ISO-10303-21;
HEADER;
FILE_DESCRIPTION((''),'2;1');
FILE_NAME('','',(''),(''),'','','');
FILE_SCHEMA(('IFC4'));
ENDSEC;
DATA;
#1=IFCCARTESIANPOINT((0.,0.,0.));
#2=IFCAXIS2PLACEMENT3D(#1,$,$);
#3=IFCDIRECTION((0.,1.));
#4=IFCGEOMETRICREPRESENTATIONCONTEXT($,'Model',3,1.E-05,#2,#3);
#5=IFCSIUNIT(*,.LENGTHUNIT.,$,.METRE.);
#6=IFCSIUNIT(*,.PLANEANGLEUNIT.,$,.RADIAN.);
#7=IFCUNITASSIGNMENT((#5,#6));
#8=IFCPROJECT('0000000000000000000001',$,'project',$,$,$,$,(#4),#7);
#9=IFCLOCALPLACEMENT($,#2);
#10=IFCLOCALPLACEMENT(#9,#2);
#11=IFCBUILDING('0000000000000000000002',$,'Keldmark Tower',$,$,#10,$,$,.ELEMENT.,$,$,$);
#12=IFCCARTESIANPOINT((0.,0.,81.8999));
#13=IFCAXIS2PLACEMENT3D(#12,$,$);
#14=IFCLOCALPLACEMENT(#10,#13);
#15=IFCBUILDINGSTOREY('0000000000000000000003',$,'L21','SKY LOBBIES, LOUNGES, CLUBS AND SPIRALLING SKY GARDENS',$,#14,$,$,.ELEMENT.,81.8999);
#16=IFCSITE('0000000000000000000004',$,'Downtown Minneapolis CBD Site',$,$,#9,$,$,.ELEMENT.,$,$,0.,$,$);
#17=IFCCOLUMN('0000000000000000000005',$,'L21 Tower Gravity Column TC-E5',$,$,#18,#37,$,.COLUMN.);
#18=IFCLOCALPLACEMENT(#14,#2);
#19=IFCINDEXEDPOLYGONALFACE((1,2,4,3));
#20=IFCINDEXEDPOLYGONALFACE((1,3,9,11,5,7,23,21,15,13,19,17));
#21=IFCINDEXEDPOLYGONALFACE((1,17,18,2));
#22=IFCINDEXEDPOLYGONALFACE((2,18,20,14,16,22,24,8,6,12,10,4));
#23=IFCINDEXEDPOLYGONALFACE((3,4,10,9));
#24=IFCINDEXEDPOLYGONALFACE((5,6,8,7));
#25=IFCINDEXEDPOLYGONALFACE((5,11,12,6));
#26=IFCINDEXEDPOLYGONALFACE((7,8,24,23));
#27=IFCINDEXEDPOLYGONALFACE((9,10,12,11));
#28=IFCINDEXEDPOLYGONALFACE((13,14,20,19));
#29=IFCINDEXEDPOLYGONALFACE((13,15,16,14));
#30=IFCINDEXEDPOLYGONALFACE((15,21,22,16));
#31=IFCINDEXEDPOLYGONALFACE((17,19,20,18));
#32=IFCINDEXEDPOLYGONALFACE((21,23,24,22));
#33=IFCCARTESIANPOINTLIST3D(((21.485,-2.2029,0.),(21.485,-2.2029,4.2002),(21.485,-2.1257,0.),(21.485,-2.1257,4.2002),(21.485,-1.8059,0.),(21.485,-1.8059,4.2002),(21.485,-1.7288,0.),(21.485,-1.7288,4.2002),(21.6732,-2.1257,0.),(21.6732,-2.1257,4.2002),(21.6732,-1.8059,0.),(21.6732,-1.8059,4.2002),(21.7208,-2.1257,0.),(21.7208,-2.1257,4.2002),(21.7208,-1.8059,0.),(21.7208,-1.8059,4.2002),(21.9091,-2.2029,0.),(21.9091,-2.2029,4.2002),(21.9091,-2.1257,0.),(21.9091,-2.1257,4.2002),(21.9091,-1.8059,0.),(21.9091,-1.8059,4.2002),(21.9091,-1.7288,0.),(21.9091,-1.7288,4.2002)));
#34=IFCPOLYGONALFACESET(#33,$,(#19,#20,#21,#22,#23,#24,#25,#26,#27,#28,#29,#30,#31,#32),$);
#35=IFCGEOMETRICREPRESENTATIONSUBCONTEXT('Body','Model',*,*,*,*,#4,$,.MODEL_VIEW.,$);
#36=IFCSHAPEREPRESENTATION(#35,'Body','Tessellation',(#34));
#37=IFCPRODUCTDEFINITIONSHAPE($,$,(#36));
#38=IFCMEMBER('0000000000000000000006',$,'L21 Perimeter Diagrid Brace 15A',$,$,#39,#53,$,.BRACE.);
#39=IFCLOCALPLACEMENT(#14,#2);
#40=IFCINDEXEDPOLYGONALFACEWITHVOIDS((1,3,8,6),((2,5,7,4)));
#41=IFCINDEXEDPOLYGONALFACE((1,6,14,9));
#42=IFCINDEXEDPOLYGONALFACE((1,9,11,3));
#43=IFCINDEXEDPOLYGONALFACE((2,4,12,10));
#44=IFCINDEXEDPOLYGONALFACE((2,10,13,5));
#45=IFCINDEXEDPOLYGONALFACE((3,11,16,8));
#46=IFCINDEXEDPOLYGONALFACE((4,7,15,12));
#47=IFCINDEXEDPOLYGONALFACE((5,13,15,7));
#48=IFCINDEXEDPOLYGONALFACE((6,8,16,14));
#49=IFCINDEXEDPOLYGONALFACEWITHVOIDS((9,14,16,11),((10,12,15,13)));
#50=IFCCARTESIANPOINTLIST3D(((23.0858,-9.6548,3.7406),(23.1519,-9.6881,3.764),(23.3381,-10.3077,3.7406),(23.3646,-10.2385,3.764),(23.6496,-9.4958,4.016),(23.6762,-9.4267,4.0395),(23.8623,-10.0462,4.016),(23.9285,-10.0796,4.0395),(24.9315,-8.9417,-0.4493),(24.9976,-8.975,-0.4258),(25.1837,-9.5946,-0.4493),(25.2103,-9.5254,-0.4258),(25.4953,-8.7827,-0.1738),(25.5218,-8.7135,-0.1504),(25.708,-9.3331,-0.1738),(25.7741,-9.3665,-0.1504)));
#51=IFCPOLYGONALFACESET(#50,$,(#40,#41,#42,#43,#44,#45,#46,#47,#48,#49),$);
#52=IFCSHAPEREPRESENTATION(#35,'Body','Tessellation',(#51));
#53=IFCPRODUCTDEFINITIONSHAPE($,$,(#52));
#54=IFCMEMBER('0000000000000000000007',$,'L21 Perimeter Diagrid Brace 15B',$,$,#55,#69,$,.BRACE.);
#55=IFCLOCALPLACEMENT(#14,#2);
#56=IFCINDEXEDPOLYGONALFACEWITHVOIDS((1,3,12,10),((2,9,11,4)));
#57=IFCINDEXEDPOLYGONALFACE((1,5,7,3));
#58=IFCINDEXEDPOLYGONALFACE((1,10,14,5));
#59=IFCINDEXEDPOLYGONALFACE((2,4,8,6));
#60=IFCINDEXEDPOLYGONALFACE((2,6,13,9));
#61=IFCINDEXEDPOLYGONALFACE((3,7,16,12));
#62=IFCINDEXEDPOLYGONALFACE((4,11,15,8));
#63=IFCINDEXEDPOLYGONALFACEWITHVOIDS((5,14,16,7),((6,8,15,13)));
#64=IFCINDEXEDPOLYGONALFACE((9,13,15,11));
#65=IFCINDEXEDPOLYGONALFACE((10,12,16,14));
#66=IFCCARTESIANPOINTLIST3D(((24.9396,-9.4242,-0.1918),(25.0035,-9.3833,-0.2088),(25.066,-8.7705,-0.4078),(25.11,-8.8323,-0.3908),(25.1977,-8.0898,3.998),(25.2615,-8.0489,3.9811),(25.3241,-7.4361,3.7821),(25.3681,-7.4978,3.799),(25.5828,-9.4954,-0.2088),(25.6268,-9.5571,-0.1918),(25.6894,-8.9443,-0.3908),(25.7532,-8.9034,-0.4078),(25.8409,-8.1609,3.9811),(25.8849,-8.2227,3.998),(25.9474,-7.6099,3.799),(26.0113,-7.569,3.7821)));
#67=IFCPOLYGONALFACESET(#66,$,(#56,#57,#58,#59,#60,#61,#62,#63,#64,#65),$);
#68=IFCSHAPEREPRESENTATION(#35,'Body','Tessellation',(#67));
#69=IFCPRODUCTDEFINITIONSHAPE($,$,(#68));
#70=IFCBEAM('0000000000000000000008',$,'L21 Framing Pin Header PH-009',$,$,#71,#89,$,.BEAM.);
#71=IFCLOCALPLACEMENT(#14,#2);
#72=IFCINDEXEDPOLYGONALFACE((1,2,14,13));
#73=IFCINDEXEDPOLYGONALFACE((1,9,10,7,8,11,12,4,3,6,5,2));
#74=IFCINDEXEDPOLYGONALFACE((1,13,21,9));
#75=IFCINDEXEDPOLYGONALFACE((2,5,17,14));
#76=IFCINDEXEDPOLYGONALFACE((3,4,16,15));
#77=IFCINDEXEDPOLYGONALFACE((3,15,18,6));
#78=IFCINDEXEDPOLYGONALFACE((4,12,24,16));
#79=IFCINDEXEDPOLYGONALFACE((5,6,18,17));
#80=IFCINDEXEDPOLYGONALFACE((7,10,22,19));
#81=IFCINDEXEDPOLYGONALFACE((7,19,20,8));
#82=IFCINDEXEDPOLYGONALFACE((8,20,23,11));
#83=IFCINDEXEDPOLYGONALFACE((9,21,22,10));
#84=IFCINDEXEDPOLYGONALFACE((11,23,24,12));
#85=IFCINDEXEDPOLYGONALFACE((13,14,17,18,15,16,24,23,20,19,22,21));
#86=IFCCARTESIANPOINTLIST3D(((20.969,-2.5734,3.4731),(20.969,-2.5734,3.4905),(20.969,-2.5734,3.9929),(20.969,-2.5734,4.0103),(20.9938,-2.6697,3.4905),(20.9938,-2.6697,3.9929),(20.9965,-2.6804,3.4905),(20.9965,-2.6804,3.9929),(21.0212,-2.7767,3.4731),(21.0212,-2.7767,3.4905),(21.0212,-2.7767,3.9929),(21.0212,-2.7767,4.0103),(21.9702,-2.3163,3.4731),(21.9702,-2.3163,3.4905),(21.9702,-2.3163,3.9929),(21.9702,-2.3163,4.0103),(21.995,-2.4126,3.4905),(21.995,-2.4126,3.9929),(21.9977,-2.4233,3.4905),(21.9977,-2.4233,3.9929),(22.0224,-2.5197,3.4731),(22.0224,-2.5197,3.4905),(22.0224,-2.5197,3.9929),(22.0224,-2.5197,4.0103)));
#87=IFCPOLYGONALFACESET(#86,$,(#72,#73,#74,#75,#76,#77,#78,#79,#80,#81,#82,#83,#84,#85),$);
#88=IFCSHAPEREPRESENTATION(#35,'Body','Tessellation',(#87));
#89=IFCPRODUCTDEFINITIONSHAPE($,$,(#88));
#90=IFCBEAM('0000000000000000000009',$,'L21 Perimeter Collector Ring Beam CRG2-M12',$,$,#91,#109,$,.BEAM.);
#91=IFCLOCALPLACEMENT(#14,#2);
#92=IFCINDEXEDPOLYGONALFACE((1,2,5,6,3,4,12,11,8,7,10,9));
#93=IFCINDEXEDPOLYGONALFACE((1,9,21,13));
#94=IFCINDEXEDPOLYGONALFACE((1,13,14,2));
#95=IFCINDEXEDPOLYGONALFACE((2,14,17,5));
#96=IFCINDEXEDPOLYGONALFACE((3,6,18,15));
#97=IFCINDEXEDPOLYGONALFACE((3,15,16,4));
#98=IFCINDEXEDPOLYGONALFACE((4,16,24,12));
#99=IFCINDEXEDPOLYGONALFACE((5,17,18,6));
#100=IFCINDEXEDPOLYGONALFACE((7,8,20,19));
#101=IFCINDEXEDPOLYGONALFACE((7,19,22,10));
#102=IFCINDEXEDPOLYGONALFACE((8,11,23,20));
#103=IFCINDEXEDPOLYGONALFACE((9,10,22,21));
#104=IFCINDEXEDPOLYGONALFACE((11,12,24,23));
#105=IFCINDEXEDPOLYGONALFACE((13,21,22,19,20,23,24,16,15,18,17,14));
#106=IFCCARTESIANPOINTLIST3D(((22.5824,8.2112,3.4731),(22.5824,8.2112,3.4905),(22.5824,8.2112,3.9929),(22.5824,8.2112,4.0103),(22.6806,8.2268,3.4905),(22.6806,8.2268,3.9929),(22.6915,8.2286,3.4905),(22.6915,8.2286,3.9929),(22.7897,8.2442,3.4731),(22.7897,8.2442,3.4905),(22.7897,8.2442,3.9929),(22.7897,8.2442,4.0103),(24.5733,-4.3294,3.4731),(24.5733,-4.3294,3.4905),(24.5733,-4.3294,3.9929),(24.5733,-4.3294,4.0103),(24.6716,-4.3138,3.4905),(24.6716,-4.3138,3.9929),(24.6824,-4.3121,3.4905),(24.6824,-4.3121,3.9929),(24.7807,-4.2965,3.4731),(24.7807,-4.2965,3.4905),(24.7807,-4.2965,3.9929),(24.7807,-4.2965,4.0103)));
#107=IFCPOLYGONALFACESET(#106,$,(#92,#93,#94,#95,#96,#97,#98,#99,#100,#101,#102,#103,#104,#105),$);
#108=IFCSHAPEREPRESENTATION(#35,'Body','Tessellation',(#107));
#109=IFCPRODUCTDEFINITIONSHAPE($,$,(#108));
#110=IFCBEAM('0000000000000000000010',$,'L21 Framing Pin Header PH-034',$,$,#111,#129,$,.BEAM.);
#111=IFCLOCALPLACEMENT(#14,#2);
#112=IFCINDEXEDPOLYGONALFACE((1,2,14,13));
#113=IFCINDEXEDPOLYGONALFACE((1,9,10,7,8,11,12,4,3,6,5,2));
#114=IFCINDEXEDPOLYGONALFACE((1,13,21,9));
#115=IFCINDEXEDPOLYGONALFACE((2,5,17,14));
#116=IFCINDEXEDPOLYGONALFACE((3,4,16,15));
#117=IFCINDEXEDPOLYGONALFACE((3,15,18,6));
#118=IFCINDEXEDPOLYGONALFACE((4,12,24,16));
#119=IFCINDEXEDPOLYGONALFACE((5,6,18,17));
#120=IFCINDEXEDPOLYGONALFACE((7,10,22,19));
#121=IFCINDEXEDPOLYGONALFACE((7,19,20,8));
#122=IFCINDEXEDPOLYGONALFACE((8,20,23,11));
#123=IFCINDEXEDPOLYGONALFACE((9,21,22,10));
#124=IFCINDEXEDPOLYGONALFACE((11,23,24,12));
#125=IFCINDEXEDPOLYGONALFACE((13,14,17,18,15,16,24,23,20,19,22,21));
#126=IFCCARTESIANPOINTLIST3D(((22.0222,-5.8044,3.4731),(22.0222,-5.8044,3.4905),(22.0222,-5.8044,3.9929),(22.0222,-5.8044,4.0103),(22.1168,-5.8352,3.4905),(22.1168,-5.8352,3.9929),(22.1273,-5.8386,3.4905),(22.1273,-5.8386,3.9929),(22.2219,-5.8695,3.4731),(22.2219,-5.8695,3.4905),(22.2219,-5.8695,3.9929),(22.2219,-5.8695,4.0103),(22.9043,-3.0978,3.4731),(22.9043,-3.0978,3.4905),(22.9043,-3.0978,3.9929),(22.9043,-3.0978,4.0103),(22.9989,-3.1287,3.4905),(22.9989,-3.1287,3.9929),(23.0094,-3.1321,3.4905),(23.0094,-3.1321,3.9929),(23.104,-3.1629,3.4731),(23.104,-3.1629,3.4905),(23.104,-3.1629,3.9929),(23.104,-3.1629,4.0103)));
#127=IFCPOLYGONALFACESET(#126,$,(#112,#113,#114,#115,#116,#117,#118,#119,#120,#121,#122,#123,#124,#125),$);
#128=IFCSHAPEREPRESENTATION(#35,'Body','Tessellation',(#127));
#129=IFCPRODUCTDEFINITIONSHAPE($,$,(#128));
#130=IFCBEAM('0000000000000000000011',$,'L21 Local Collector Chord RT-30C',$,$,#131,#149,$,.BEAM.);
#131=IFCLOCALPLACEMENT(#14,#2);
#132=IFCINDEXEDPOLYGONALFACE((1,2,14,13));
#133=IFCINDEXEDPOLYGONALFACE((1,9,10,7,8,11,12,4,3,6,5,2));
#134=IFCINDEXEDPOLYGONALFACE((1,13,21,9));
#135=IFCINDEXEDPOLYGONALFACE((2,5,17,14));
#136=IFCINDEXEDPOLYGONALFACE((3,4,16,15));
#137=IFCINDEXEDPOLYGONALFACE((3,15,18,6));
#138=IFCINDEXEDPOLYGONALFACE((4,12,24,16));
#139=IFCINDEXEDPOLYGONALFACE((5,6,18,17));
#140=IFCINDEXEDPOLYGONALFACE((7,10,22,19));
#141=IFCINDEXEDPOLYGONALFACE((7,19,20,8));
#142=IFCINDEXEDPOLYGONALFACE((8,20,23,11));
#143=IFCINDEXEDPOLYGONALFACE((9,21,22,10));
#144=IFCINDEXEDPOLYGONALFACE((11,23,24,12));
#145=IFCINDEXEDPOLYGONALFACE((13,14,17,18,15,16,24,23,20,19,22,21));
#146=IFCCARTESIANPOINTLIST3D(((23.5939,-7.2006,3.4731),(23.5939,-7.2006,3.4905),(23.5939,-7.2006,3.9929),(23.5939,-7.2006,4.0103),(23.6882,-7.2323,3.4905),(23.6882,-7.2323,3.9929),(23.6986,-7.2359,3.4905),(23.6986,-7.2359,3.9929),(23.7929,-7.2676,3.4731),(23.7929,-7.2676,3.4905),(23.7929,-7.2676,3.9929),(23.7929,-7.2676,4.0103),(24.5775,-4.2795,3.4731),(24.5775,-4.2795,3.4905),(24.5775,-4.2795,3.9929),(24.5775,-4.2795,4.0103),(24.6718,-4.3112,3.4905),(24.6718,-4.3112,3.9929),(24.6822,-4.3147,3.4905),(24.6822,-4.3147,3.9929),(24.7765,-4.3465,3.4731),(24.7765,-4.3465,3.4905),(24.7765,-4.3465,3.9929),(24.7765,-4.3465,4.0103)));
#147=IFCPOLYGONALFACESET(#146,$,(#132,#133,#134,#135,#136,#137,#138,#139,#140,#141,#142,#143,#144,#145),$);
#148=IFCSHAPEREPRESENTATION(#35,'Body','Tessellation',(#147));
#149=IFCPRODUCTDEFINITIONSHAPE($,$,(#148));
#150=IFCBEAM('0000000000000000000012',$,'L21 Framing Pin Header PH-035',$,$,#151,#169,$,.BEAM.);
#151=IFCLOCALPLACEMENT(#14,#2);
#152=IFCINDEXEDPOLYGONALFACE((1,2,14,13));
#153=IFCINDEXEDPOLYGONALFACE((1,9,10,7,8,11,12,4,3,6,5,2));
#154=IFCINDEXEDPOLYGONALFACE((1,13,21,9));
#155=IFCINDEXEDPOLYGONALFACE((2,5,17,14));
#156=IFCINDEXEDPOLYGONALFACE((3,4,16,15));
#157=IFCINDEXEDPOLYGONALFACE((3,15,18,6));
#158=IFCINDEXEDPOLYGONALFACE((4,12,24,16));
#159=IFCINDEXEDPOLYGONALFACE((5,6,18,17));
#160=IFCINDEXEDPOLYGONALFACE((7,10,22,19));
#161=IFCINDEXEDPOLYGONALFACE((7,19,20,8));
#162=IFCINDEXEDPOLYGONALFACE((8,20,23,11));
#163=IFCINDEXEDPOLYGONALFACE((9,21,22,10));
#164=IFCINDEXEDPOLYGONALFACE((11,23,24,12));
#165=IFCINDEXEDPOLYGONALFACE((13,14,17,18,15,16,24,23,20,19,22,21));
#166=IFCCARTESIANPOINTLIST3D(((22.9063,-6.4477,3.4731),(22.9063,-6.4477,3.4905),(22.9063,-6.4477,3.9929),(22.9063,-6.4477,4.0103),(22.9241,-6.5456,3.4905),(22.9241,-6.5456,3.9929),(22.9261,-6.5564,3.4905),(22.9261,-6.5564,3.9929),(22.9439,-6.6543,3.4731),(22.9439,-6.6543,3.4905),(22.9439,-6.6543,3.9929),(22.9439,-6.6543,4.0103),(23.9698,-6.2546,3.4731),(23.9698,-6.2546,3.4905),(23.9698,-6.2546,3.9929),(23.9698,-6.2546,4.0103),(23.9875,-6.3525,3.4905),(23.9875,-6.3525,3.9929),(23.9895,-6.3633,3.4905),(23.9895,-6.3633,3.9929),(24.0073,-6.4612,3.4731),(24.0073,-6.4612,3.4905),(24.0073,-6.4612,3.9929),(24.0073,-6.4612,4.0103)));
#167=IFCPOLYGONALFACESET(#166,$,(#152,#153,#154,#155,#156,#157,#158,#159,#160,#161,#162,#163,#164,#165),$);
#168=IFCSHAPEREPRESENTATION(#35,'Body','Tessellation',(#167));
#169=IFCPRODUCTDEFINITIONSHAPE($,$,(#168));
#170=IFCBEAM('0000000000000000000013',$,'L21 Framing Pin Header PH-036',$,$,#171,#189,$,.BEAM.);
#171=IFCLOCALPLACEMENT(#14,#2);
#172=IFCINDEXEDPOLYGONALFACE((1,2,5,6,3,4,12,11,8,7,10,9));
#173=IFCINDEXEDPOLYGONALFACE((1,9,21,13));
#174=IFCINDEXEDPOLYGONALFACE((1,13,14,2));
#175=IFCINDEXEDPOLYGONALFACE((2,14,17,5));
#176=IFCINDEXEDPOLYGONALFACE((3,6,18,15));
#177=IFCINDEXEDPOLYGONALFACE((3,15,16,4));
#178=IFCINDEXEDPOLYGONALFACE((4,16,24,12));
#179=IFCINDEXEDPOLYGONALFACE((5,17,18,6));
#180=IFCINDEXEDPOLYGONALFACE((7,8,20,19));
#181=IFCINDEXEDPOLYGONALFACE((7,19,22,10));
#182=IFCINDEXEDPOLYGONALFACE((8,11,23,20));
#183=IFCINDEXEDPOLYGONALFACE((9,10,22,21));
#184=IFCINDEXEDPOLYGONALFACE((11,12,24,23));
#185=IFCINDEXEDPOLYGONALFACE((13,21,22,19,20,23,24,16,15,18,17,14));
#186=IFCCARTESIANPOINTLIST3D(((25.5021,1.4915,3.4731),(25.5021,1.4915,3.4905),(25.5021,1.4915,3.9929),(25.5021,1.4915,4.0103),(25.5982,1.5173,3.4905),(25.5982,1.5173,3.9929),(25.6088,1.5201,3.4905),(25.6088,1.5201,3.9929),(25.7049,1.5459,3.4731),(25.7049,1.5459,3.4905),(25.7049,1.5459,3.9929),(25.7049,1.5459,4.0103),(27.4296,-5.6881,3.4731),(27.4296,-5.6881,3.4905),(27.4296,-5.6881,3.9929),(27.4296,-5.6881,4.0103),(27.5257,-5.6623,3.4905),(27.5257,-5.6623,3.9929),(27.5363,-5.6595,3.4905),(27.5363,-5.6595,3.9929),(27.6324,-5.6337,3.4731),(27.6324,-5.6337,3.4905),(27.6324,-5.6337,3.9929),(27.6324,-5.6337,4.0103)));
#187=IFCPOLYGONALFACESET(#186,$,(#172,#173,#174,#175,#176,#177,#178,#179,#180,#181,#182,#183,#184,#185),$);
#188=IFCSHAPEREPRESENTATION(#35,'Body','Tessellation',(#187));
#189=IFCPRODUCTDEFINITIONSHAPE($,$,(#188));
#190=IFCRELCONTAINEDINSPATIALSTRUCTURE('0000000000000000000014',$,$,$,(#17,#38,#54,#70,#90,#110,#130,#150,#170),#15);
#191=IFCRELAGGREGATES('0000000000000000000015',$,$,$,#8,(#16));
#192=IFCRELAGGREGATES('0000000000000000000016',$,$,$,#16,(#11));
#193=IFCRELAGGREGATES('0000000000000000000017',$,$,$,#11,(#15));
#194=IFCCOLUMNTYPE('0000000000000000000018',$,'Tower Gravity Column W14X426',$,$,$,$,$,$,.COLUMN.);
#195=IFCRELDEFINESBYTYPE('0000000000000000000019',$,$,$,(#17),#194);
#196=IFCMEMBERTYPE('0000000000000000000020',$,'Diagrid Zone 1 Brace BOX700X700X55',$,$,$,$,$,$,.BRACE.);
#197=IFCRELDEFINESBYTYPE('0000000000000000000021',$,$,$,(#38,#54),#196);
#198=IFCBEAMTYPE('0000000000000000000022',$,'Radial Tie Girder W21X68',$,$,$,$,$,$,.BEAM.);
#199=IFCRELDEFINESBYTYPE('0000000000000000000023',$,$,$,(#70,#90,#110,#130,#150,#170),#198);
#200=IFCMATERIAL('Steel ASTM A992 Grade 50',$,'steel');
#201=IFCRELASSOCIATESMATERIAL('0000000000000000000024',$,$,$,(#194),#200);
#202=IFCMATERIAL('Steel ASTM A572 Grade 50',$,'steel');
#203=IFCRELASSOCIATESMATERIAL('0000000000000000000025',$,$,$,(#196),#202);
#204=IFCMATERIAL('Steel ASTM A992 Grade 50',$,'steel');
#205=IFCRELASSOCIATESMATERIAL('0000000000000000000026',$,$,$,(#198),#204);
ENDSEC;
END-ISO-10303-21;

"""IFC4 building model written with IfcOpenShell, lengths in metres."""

from ifc_helpers import new_model, si_unit, direction, frame, origin, origin_2d, place, context, subcontext, project, spatial, hollow_rectangle, i_section, extrude, material, material_profile, profile_set, type_object, element, save


model = new_model("IFC4")

# Units and contexts
model_context = context("Model", 3, precision=1e-05, world=origin(), true_north=direction((0.0, 1.0)))
body_context = subcontext(model_context, "Body", "Model", "MODEL_VIEW")
ifc_project = project(units=[si_unit("LENGTHUNIT", "METRE"), si_unit("PLANEANGLEUNIT", "RADIAN")], contexts=[model_context])

# Site, building, storey
site_placement = place(None, origin())
site = spatial("IfcSite", under=ifc_project, at=site_placement, Name="Downtown Minneapolis CBD Site", CompositionType="ELEMENT", RefElevation=0.0)
building_placement = place(site_placement, origin())
building = spatial("IfcBuilding", under=site, at=building_placement, Name="Keldmark Tower", CompositionType="ELEMENT")
storey_placement = place(building_placement, frame((0.0, 0.0, 81.8999)))
storey = spatial("IfcBuildingStorey", under=building, at=storey_placement, Name="L21", Description="SKY LOBBIES, LOUNGES, CLUBS AND SPIRALLING SKY GARDENS", CompositionType="ELEMENT", Elevation=81.8999)

# Column
ifc_material_1 = material(Name="Steel ASTM A992 Grade 50", Category="steel")
ifc_material_profile_1 = material_profile(ifc_material_1, i_section(OverallWidth=0.4241, OverallDepth=0.4741, WebThickness=0.0476, FlangeThickness=0.0771, at=origin_2d()), Name="W14X426")
ifc_profile_set_1 = profile_set([ifc_material_profile_1], Name="Steel ASTM A992 Grade 50")
column_type = type_object("IfcColumnType", Name="Tower Gravity Column W14X426", PredefinedType="COLUMN", material=ifc_profile_set_1)
column_placement = place(storey_placement, frame((21.697, -1.9658, 0.0), z_axis=(0.0, 0.0, 1.0), x_axis=(1.0, 0.0, 0.0)))
element("IfcColumn", 1, at=column_placement, inside=storey, type_object=column_type, Name="L21 Tower Gravity Column TC-E5", PredefinedType="COLUMN", context=body_context, shape_type="SweptSolid", body=[
    extrude(i_section(OverallWidth=0.4241, OverallDepth=0.4741, WebThickness=0.0476, FlangeThickness=0.0771, at=origin_2d()), origin(), (0.0, 0.0, 1.0), 4.2002),
])

# Members
ifc_material_2 = material(Name="Steel ASTM A572 Grade 50", Category="steel")
ifc_material_profile_2 = material_profile(ifc_material_2, hollow_rectangle(XDim=0.7, YDim=0.7, WallThickness=0.0549, at=origin_2d()), Name="BOX700X700X55")
ifc_profile_set_2 = profile_set([ifc_material_profile_2], Name="Steel ASTM A572 Grade 50")
member_type = type_object("IfcMemberType", Name="Diagrid Zone 1 Brace BOX700X700X55", PredefinedType="BRACE", material=ifc_profile_set_2)
member_1_placement = place(storey_placement, frame((25.3528, -9.1541, -0.2998), z_axis=(-0.398325, -0.153903, 0.90424), x_axis=(0.360409, -0.932794, 0.0)))
element("IfcMember", 2, at=member_1_placement, inside=storey, type_object=member_type, Name="L21 Perimeter Diagrid Brace 15A", PredefinedType="BRACE", context=body_context, shape_type="SweptSolid", body=[
    extrude(hollow_rectangle(XDim=0.7, YDim=0.7, WallThickness=0.0549, at=origin_2d()), origin(), (0.0, 0.0, 1.0), 4.6335),
])
member_2_placement = place(storey_placement, frame((25.3464, -9.1638, -0.2998), z_axis=(0.058584, 0.302953, 0.951203), x_axis=(-0.981811, 0.18986, 0.0)))
element("IfcMember", 3, at=member_2_placement, inside=storey, type_object=member_type, Name="L21 Perimeter Diagrid Brace 15B", PredefinedType="BRACE", context=body_context, shape_type="SweptSolid", body=[
    extrude(hollow_rectangle(XDim=0.7, YDim=0.7, WallThickness=0.0549, at=origin_2d()), origin(), (0.0, 0.0, 1.0), 4.4048),
])

# Beams
ifc_material_3 = material(Name="Steel ASTM A992 Grade 50", Category="steel")
ifc_material_profile_3 = material_profile(ifc_material_3, i_section(OverallWidth=0.21, OverallDepth=0.5371, WebThickness=0.011, FlangeThickness=0.0173, at=origin_2d()), Name="W21X68")
ifc_profile_set_3 = profile_set([ifc_material_profile_3], Name="Steel ASTM A992 Grade 50")
beam_type_1 = type_object("IfcBeamType", Name="Radial Tie Girder W21X68", PredefinedType="BEAM", material=ifc_profile_set_3)
beam_1_placement = place(storey_placement, frame((20.9951, -2.675, 3.7417), z_axis=(0.968581, 0.248699, 0.0), x_axis=(-0.248699, 0.968581, 0.0)))
element("IfcBeam", 4, at=beam_1_placement, inside=storey, type_object=beam_type_1, Name="L21 Framing Pin Header PH-009", PredefinedType="BEAM", context=body_context, shape_type="SweptSolid", body=[
    extrude(i_section(OverallWidth=0.21, OverallDepth=0.5371, WebThickness=0.011, FlangeThickness=0.0173, at=origin_2d()), origin(), (0.0, 0.0, 1.0), 1.0337),
])
beam_2_placement = place(storey_placement, frame((24.677, -4.313, 3.7417), z_axis=(-0.156796, 0.987631, 0.0), x_axis=(-0.987631, -0.156796, 0.0)))
element("IfcBeam", 5, at=beam_2_placement, inside=storey, type_object=beam_type_1, Name="L21 Perimeter Collector Ring Beam CRG2-M12", PredefinedType="BEAM", context=body_context, shape_type="SweptSolid", body=[
    extrude(i_section(OverallWidth=0.21, OverallDepth=0.5371, WebThickness=0.011, FlangeThickness=0.0173, at=origin_2d()), origin(), (0.0, 0.0, 1.0), 12.6978),
])
beam_3_placement = place(storey_placement, frame((23.0042, -3.1304, 3.7417), z_axis=(-0.309866, -0.95078, 0.0), x_axis=(0.95078, -0.309866, 0.0)))
element("IfcBeam", 6, at=beam_3_placement, inside=storey, type_object=beam_type_1, Name="L21 Framing Pin Header PH-034", PredefinedType="BEAM", context=body_context, shape_type="SweptSolid", body=[
    extrude(i_section(OverallWidth=0.21, OverallDepth=0.5371, WebThickness=0.011, FlangeThickness=0.0173, at=origin_2d()), origin(), (0.0, 0.0, 1.0), 2.8467),
])
beam_4_placement = place(storey_placement, frame((24.677, -4.313, 3.7417), z_axis=(-0.319125, -0.947713, 0.0), x_axis=(0.947713, -0.319125, 0.0)))
element("IfcBeam", 7, at=beam_4_placement, inside=storey, type_object=beam_type_1, Name="L21 Local Collector Chord RT-30C", PredefinedType="BEAM", context=body_context, shape_type="SweptSolid", body=[
    extrude(i_section(OverallWidth=0.21, OverallDepth=0.5371, WebThickness=0.011, FlangeThickness=0.0173, at=origin_2d()), origin(), (0.0, 0.0, 1.0), 3.0823),
])
beam_5_placement = place(storey_placement, frame((23.9885, -6.3579, 3.7417), z_axis=(-0.98391, -0.178667, 0.0), x_axis=(0.178667, -0.98391, 0.0)))
element("IfcBeam", 8, at=beam_5_placement, inside=storey, type_object=beam_type_1, Name="L21 Framing Pin Header PH-035", PredefinedType="BEAM", context=body_context, shape_type="SweptSolid", body=[
    extrude(i_section(OverallWidth=0.21, OverallDepth=0.5371, WebThickness=0.011, FlangeThickness=0.0173, at=origin_2d()), origin(), (0.0, 0.0, 1.0), 1.0808),
])
beam_6_placement = place(storey_placement, frame((27.531, -5.6609, 3.7417), z_axis=(-0.259283, 0.965801, 0.0), x_axis=(-0.965801, -0.259283, 0.0)))
element("IfcBeam", 9, at=beam_6_placement, inside=storey, type_object=beam_type_1, Name="L21 Framing Pin Header PH-036", PredefinedType="BEAM", context=body_context, shape_type="SweptSolid", body=[
    extrude(i_section(OverallWidth=0.21, OverallDepth=0.5371, WebThickness=0.011, FlangeThickness=0.0173, at=origin_2d()), origin(), (0.0, 0.0, 1.0), 7.4338),
])

save(model, "model.ifc")
